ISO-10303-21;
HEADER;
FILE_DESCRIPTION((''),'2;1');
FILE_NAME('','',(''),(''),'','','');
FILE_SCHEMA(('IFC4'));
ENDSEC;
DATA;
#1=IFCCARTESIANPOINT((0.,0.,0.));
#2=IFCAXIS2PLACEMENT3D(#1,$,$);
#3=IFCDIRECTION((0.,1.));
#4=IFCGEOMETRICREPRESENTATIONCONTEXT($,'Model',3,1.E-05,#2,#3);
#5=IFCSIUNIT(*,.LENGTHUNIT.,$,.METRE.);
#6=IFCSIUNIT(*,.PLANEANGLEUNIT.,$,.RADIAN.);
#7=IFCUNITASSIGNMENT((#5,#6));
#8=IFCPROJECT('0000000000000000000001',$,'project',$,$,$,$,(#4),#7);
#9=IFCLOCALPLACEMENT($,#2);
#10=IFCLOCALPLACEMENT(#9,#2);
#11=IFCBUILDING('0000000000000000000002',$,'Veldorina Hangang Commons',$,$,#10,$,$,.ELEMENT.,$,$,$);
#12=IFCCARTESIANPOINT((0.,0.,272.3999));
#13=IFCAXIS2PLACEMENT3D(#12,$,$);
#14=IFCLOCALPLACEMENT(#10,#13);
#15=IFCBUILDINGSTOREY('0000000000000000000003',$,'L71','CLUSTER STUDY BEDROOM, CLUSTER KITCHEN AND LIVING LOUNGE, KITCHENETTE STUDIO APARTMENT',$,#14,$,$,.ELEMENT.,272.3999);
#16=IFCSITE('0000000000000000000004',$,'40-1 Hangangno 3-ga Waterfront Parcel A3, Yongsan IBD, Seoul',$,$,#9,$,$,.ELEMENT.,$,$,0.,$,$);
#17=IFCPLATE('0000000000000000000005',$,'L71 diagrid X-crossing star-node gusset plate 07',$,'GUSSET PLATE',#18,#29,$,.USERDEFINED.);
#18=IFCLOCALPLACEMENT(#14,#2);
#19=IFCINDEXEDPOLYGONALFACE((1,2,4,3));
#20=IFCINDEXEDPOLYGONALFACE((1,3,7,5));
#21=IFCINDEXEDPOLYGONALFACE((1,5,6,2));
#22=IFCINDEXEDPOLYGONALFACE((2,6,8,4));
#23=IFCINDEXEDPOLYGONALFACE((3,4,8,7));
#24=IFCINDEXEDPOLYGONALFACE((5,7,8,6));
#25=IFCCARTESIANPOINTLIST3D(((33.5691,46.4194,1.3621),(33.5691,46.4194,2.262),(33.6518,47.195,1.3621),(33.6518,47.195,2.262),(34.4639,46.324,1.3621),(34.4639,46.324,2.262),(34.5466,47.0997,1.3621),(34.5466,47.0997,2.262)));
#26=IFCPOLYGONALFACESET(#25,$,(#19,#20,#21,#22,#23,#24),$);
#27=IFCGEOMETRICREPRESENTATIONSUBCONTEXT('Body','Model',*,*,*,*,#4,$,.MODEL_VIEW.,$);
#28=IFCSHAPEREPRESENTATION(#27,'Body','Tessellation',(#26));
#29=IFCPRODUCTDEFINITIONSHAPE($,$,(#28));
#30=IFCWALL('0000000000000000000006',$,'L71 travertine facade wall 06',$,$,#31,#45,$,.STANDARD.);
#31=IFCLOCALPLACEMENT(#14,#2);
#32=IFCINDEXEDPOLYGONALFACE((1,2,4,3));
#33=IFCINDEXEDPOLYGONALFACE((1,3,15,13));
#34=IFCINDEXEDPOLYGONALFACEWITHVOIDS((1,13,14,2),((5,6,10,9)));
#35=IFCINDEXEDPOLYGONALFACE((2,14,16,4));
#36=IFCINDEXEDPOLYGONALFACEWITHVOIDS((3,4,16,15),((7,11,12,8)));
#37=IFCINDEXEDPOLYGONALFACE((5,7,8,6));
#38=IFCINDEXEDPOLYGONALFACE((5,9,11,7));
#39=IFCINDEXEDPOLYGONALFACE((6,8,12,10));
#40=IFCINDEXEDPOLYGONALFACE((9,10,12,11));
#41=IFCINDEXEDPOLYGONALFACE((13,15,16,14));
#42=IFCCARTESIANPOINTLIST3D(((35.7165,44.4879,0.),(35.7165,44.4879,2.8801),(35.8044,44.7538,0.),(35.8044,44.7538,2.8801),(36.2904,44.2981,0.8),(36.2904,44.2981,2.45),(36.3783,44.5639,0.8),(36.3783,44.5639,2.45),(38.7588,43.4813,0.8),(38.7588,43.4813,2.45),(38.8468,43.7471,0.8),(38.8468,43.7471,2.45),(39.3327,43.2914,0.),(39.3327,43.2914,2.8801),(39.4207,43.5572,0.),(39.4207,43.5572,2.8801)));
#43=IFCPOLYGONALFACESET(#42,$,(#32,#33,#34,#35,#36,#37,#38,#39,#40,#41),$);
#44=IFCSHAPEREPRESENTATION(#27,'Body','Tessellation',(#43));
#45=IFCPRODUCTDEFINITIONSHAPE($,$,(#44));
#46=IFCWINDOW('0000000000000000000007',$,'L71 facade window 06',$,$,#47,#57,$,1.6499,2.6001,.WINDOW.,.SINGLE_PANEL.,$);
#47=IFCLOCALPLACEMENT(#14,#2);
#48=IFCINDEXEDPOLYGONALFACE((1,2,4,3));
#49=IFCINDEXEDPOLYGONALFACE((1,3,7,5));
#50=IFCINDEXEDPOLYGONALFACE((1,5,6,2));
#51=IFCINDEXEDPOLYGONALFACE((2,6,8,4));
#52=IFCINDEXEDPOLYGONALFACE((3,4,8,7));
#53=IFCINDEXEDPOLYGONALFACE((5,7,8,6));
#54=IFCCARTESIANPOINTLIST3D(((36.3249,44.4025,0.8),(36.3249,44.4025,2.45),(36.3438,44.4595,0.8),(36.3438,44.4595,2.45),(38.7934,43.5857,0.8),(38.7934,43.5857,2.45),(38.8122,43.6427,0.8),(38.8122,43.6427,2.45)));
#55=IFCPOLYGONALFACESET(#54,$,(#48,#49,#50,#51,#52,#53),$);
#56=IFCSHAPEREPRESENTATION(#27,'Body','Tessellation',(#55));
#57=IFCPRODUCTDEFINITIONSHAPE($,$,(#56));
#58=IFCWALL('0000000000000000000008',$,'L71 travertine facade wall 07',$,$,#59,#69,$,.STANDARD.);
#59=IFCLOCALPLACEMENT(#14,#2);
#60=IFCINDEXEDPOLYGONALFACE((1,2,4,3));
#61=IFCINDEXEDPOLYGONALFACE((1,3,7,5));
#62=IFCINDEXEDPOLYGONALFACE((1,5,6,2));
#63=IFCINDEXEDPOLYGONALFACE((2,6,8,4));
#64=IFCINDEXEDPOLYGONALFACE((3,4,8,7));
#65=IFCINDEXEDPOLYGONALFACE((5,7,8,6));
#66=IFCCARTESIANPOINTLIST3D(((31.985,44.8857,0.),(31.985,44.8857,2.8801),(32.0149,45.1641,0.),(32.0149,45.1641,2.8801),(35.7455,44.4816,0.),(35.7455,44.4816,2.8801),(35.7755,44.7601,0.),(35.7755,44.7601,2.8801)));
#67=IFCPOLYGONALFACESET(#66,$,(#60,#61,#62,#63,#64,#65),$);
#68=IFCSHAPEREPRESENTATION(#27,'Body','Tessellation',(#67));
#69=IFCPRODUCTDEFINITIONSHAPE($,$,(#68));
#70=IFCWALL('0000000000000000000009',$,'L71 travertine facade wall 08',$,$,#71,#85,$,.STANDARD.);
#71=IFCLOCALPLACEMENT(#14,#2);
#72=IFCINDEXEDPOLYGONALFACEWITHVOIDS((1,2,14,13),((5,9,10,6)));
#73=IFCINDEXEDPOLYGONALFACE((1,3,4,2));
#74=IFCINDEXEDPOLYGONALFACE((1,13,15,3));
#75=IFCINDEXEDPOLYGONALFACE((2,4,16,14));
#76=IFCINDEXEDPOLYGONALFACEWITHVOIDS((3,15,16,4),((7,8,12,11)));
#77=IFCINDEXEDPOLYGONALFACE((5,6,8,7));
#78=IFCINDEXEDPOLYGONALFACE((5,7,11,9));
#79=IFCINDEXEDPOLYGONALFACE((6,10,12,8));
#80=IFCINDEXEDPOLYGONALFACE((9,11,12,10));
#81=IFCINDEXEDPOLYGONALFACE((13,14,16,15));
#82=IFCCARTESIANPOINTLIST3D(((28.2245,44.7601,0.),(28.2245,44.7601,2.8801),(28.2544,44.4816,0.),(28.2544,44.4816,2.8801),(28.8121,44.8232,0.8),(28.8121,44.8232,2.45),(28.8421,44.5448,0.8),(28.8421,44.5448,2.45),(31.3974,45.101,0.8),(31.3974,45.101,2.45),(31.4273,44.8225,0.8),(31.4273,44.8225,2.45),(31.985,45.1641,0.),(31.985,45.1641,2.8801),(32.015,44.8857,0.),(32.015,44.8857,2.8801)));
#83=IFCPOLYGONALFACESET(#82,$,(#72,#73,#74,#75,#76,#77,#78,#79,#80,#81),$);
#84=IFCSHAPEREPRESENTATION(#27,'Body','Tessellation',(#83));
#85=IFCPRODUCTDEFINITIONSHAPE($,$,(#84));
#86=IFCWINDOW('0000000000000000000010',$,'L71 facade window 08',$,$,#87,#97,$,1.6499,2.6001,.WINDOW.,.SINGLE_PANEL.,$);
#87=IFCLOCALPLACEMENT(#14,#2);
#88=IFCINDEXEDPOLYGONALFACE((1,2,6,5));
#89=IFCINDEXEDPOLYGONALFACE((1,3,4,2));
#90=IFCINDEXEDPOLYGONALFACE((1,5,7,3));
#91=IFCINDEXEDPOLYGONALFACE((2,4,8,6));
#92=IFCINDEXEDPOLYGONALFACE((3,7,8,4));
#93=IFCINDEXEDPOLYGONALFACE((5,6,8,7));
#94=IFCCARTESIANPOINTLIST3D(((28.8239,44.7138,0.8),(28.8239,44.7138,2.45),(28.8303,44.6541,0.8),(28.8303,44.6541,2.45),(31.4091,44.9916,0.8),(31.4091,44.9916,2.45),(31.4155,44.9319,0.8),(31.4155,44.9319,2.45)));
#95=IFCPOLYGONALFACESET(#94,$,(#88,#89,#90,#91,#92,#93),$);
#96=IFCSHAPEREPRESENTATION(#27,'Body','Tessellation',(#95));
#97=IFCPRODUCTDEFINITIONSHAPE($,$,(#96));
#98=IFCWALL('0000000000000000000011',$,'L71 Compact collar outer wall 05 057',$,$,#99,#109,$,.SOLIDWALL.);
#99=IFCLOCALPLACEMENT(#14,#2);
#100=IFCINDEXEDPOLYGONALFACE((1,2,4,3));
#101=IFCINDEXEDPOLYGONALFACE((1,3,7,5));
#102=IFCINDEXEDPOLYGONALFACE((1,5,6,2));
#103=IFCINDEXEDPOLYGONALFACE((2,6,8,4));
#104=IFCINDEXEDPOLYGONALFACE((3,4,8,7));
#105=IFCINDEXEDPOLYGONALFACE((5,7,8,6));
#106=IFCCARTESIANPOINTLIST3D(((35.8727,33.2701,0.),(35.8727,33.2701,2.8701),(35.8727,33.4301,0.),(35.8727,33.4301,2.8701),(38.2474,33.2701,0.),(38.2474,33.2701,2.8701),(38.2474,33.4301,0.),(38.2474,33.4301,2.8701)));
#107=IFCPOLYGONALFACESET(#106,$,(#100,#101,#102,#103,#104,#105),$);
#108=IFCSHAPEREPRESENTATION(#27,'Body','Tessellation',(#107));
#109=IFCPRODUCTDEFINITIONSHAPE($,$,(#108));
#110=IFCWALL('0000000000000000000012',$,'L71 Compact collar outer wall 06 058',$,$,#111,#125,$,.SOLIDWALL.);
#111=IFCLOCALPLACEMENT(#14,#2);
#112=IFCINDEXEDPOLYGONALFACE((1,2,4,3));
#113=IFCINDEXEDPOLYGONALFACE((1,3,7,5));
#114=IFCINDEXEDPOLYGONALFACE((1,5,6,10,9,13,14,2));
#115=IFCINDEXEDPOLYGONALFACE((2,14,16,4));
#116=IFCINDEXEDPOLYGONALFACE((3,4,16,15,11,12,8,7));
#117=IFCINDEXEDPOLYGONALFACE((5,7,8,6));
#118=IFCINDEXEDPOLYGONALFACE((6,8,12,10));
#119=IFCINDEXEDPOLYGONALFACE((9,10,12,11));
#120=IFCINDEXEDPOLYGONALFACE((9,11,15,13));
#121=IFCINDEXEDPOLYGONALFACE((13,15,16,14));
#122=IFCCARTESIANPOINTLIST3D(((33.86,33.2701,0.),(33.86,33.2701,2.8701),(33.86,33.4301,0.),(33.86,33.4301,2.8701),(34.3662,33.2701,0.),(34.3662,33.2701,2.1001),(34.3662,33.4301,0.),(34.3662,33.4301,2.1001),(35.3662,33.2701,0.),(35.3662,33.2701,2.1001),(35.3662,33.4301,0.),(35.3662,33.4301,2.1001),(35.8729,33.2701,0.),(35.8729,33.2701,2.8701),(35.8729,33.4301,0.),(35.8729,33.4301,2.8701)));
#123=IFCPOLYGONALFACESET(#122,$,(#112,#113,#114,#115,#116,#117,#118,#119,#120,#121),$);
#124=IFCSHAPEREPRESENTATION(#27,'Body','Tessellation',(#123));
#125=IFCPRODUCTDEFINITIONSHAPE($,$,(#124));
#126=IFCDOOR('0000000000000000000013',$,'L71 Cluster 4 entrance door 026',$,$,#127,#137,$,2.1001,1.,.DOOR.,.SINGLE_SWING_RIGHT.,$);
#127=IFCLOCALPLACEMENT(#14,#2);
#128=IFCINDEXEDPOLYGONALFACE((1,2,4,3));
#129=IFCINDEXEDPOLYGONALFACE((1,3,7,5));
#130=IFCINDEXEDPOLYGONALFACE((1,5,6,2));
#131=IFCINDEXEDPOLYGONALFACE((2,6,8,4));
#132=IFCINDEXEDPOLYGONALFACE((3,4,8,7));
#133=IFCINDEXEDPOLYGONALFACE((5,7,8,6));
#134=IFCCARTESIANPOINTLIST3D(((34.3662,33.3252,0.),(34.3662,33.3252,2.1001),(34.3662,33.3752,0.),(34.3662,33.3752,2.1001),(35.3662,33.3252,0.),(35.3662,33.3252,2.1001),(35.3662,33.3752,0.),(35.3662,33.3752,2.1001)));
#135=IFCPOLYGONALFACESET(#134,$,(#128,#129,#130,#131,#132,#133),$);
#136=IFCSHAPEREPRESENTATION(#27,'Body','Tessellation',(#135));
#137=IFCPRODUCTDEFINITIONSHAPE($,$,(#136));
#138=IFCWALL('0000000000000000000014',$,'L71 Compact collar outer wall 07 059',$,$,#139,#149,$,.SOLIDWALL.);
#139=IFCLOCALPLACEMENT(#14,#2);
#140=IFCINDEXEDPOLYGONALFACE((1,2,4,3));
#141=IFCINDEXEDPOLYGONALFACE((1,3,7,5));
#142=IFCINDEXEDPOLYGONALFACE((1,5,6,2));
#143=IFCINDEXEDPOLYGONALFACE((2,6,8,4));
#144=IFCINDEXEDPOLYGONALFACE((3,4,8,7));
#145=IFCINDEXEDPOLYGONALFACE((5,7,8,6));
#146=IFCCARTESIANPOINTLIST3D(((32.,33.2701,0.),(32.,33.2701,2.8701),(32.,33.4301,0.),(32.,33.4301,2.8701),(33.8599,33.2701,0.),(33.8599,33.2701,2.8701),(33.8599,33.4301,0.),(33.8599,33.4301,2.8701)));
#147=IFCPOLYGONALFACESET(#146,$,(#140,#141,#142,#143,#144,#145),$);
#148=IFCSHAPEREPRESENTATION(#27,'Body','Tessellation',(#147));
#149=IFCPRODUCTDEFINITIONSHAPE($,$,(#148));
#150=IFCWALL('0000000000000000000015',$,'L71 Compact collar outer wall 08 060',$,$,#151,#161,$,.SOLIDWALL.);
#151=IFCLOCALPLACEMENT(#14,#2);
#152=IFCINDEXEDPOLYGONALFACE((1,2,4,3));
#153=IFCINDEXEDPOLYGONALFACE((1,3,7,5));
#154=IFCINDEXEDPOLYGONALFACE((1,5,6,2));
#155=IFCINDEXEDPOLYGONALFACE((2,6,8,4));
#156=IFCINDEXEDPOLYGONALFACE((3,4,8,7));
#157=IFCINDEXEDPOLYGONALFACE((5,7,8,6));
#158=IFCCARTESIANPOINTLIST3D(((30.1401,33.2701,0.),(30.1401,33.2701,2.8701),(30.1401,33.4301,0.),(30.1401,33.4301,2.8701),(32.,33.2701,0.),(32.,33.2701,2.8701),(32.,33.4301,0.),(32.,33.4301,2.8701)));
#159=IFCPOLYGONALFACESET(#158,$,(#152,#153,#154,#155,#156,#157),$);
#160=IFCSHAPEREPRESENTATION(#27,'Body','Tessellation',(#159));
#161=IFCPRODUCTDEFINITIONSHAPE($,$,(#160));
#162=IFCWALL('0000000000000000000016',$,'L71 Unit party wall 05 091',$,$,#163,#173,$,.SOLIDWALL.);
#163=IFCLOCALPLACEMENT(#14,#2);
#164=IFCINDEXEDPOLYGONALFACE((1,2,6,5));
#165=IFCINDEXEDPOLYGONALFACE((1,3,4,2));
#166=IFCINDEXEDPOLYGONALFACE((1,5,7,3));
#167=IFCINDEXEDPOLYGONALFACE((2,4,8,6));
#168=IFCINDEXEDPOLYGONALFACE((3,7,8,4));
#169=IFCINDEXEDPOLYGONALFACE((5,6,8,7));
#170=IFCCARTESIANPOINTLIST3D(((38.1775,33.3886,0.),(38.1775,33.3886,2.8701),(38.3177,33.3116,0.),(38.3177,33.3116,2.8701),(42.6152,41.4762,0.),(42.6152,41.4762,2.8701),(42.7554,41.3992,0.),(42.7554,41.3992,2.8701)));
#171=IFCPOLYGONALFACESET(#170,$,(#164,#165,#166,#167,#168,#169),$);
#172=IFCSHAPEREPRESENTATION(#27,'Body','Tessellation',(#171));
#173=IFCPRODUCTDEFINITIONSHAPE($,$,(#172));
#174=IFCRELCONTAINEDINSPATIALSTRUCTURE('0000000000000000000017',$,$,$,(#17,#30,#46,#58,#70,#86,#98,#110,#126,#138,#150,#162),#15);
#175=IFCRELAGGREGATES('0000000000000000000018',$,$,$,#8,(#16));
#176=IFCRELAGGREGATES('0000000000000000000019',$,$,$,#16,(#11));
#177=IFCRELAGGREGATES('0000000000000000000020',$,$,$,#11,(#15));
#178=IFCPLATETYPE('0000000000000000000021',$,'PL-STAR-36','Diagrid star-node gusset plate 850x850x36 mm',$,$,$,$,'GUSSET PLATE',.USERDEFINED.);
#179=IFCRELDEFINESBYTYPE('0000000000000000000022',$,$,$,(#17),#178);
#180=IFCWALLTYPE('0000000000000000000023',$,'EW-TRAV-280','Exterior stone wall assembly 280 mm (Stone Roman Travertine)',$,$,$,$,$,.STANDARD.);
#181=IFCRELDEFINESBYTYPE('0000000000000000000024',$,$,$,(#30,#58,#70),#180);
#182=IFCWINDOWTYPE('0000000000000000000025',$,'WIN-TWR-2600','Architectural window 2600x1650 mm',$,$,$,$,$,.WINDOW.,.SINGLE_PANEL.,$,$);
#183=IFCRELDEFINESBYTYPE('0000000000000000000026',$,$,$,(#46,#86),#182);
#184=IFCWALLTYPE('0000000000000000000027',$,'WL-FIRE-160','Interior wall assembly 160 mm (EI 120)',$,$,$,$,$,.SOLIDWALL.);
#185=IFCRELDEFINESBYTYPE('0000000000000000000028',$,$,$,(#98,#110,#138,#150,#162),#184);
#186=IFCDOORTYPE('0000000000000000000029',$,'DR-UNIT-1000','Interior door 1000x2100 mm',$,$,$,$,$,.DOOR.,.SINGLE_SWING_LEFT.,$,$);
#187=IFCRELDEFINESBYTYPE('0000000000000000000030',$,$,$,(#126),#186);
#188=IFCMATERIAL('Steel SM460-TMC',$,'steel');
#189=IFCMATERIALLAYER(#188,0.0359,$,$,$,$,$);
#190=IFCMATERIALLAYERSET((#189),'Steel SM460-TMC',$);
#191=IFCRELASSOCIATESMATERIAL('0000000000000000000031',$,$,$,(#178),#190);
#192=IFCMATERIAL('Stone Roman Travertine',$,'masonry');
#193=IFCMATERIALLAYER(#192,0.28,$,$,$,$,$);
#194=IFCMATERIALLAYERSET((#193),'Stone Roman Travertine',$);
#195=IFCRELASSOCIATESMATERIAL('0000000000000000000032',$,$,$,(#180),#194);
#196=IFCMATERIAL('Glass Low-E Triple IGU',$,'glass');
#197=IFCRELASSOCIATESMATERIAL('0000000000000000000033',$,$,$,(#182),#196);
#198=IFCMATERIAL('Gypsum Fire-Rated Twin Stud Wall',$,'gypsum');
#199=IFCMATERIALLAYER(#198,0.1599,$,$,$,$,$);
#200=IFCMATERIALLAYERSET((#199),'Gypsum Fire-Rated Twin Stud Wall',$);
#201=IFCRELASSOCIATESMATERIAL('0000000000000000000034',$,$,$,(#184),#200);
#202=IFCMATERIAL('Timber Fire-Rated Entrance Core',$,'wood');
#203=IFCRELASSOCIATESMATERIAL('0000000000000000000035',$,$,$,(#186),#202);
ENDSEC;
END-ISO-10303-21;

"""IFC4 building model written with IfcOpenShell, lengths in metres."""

from ifc_helpers import new_model, si_unit, direction, frame, frame_2d, origin, origin_2d, place, context, subcontext, project, spatial, rectangle, extrude, material, layer, layer_set, type_object, element, fill, save


model = new_model("IFC4")

# Units and contexts
model_context = context("Model", 3, precision=1e-05, world=origin(), true_north=direction((0.0, 1.0)))
body_context = subcontext(model_context, "Body", "Model", "MODEL_VIEW")
ifc_project = project(units=[si_unit("LENGTHUNIT", "METRE"), si_unit("PLANEANGLEUNIT", "RADIAN")], contexts=[model_context])

# Site, building, storey
site_placement = place(None, origin())
site = spatial("IfcSite", under=ifc_project, at=site_placement, Name="40-1 Hangangno 3-ga Waterfront Parcel A3, Yongsan IBD, Seoul", CompositionType="ELEMENT", RefElevation=0.0)
building_placement = place(site_placement, origin())
building = spatial("IfcBuilding", under=site, at=building_placement, Name="Veldorina Hangang Commons", CompositionType="ELEMENT")
storey_placement = place(building_placement, frame((0.0, 0.0, 272.3999)))
storey = spatial("IfcBuildingStorey", under=building, at=storey_placement, Name="L71", Description="CLUSTER STUDY BEDROOM, CLUSTER KITCHEN AND LIVING LOUNGE, KITCHENETTE STUDIO APARTMENT", CompositionType="ELEMENT", Elevation=272.3999)

# Plate
ifc_material_1 = material(Name="Steel SM460-TMC", Category="steel")
ifc_layer_1 = layer(ifc_material_1, 0.0359)
ifc_layer_set_1 = layer_set([ifc_layer_1], Name="Steel SM460-TMC")
plate_type = type_object("IfcPlateType", Name="PL-STAR-36", Description="Diagrid star-node gusset plate 850x850x36 mm", ElementType="GUSSET PLATE", PredefinedType="USERDEFINED", material=ifc_layer_set_1)
plate_placement = place(storey_placement, frame((34.0579, 46.7595, 1.3621), z_axis=(0.0, 0.0, 1.0), x_axis=(-0.994368, 0.105986, 0.0)))
element("IfcPlate", 1, at=plate_placement, inside=storey, type_object=plate_type, Name="L71 diagrid X-crossing star-node gusset plate 07", ObjectType="GUSSET PLATE", PredefinedType="USERDEFINED", context=body_context, shape_type="SweptSolid", body=[
    extrude(rectangle(XDim=0.8999, YDim=0.78, at=origin_2d()), origin(), (0.0, 0.0, 1.0), 0.8999),
])

# Wall, opening, window
ifc_material_2 = material(Name="Stone Roman Travertine", Category="masonry")
ifc_layer_2 = layer(ifc_material_2, 0.28)
ifc_layer_set_2 = layer_set([ifc_layer_2], Name="Stone Roman Travertine")
wall_type_1 = type_object("IfcWallType", Name="EW-TRAV-280", Description="Exterior stone wall assembly 280 mm (Stone Roman Travertine)", PredefinedType="STANDARD", material=ifc_layer_set_2)
wall_1_placement = place(storey_placement, frame((39.3767, 43.4243, 0.0), z_axis=(0.0, 0.0, 1.0), x_axis=(-0.94938, 0.314131, 0.0)))
wall_1 = element("IfcWall", 2, at=wall_1_placement, inside=storey, type_object=wall_type_1, Name="L71 travertine facade wall 06", PredefinedType="STANDARD", context=body_context, shape_type="SweptSolid", body=[
    extrude(rectangle(XDim=3.8091, YDim=0.28, at=frame_2d((1.9045, 0.0))), origin(), (0.0, 0.0, 1.0), 2.8801),
])
opening_1_placement = place(wall_1_placement, frame((0.6045, 0.0, 0.8)))
opening_1 = element("IfcOpeningElement", 3, at=opening_1_placement, cuts=wall_1, PredefinedType="OPENING", context=body_context, shape_type="SweptSolid", body=[
    extrude(rectangle(XDim=2.6001, YDim=1.6499, at=frame_2d((1.3, 0.825))), frame((0.0, 0.1499, 0.0), z_axis=(0.0, -1.0, 0.0), x_axis=(1.0, 0.0, 0.0)), (0.0, 0.0, 1.0), 0.3),
])
ifc_material_3 = material(Name="Glass Low-E Triple IGU", Category="glass")
window_type = type_object("IfcWindowType", Name="WIN-TWR-2600", Description="Architectural window 2600x1650 mm", PartitioningType="SINGLE_PANEL", PredefinedType="WINDOW", material=ifc_material_3)
window_1_placement = place(opening_1_placement, origin())
window_1 = element("IfcWindow", 4, at=window_1_placement, inside=storey, type_object=window_type, Name="L71 facade window 06", OverallHeight=1.6499, OverallWidth=2.6001, PartitioningType="SINGLE_PANEL", PredefinedType="WINDOW", context=body_context, shape_type="SweptSolid", body=[
    extrude(rectangle(XDim=2.6001, YDim=1.6499, at=frame_2d((1.3, 0.825))), frame((0.0, 0.03, 0.0), z_axis=(0.0, -1.0, 0.0), x_axis=(1.0, 0.0, 0.0)), (0.0, 0.0, 1.0), 0.0601),
])
fill(opening_1, window_1)

# Wall
wall_2_placement = place(storey_placement, frame((35.7605, 44.6208, 0.0), z_axis=(0.0, 0.0, 1.0), x_axis=(-0.994277, 0.106832, 0.0)))
element("IfcWall", 5, at=wall_2_placement, inside=storey, type_object=wall_type_1, Name="L71 travertine facade wall 07", PredefinedType="STANDARD", context=body_context, shape_type="SweptSolid", body=[
    extrude(rectangle(XDim=3.7822, YDim=0.28, at=frame_2d((1.8911, 0.0))), origin(), (0.0, 0.0, 1.0), 2.8801),
])

# Wall, opening, window
wall_3_placement = place(storey_placement, frame((32.0, 45.0249, 0.0), z_axis=(0.0, 0.0, 1.0), x_axis=(-0.994277, -0.106832, 0.0)))
wall_3 = element("IfcWall", 6, at=wall_3_placement, inside=storey, type_object=wall_type_1, Name="L71 travertine facade wall 08", PredefinedType="STANDARD", context=body_context, shape_type="SweptSolid", body=[
    extrude(rectangle(XDim=3.7822, YDim=0.28, at=frame_2d((1.8911, 0.0))), origin(), (0.0, 0.0, 1.0), 2.8801),
])
opening_2_placement = place(wall_3_placement, frame((0.5911, 0.0, 0.8)))
opening_2 = element("IfcOpeningElement", 7, at=opening_2_placement, cuts=wall_3, PredefinedType="OPENING", context=body_context, shape_type="SweptSolid", body=[
    extrude(rectangle(XDim=2.6001, YDim=1.6499, at=frame_2d((1.3, 0.825))), frame((0.0, 0.1499, 0.0), z_axis=(0.0, -1.0, 0.0), x_axis=(1.0, 0.0, 0.0)), (0.0, 0.0, 1.0), 0.3),
])
window_2_placement = place(opening_2_placement, origin())
window_2 = element("IfcWindow", 8, at=window_2_placement, inside=storey, type_object=window_type, Name="L71 facade window 08", OverallHeight=1.6499, OverallWidth=2.6001, PartitioningType="SINGLE_PANEL", PredefinedType="WINDOW", context=body_context, shape_type="SweptSolid", body=[
    extrude(rectangle(XDim=2.6001, YDim=1.6499, at=frame_2d((1.3, 0.825))), frame((0.0, 0.03, 0.0), z_axis=(0.0, -1.0, 0.0), x_axis=(1.0, 0.0, 0.0)), (0.0, 0.0, 1.0), 0.0601),
])
fill(opening_2, window_2)

# Wall
ifc_material_4 = material(Name="Gypsum Fire-Rated Twin Stud Wall", Category="gypsum")
ifc_layer_3 = layer(ifc_material_4, 0.1599)
ifc_layer_set_3 = layer_set([ifc_layer_3], Name="Gypsum Fire-Rated Twin Stud Wall")
wall_type_2 = type_object("IfcWallType", Name="WL-FIRE-160", Description="Interior wall assembly 160 mm (EI 120)", PredefinedType="SOLIDWALL", material=ifc_layer_set_3)
wall_4_placement = place(storey_placement, frame((38.2476, 33.3501, 0.0), z_axis=(0.0, 0.0, 1.0), x_axis=(-1.0, 0.0, 0.0)))
element("IfcWall", 9, at=wall_4_placement, inside=storey, type_object=wall_type_2, Name="L71 Compact collar outer wall 05 057", PredefinedType="SOLIDWALL", context=body_context, shape_type="SweptSolid", body=[
    extrude(rectangle(XDim=2.3748, YDim=0.1599, at=frame_2d((1.1875, 0.0))), origin(), (0.0, 0.0, 1.0), 2.8701),
])

# Wall, opening, door
wall_5_placement = place(storey_placement, frame((35.8728, 33.3501, 0.0), z_axis=(0.0, 0.0, 1.0), x_axis=(-1.0, 0.0, 0.0)))
wall_5 = element("IfcWall", 10, at=wall_5_placement, inside=storey, type_object=wall_type_2, Name="L71 Compact collar outer wall 06 058", PredefinedType="SOLIDWALL", context=body_context, shape_type="SweptSolid", body=[
    extrude(rectangle(XDim=2.0129, YDim=0.1599, at=frame_2d((1.0063, 0.0))), origin(), (0.0, 0.0, 1.0), 2.8701),
])
opening_3_placement = place(wall_5_placement, frame((0.5066, 0.0, 0.0)))
opening_3 = element("IfcOpeningElement", 11, at=opening_3_placement, cuts=wall_5, PredefinedType="OPENING", context=body_context, shape_type="SweptSolid", body=[
    extrude(rectangle(XDim=1.0, YDim=2.1001, at=frame_2d((0.5, 1.05))), frame((0.0, 0.0898, 0.0), z_axis=(0.0, -1.0, 0.0), x_axis=(1.0, 0.0, 0.0)), (0.0, 0.0, 1.0), 0.1799),
])
ifc_material_5 = material(Name="Timber Fire-Rated Entrance Core", Category="wood")
door_type_1 = type_object("IfcDoorType", Name="DR-UNIT-1000", Description="Interior door 1000x2100 mm", OperationType="SINGLE_SWING_LEFT", PredefinedType="DOOR", material=ifc_material_5)
door_1_placement = place(opening_3_placement, origin())
door_1 = element("IfcDoor", 12, at=door_1_placement, inside=storey, type_object=door_type_1, Name="L71 Cluster 4 entrance door 026", OperationType="SINGLE_SWING_RIGHT", OverallHeight=2.1001, OverallWidth=1.0, PredefinedType="DOOR", context=body_context, shape_type="SweptSolid", body=[
    extrude(rectangle(XDim=1.0, YDim=2.1001, at=frame_2d((0.5, 1.05))), frame((0.0, 0.0249, 0.0), z_axis=(0.0, -1.0, 0.0), x_axis=(1.0, 0.0, 0.0)), (0.0, 0.0, 1.0), 0.05),
])
fill(opening_3, door_1)

# Walls
for number, where, z_axis, x_axis, name in (
    (13, (33.8599, 33.3501, 0.0), (0.0, 0.0, 1.0), (-1.0, 0.0, 0.0), "L71 Compact collar outer wall 07 059"),
    (14, (32.0, 33.3501, 0.0), (0.0, 0.0, 1.0), (-1.0, 0.0, 0.0), "L71 Compact collar outer wall 08 060"),
):
    element("IfcWall", number, at=place(storey_placement, frame(where, z_axis=z_axis, x_axis=x_axis)), inside=storey, type_object=wall_type_2, Name=name, PredefinedType="SOLIDWALL", context=body_context, shape_type="SweptSolid", body=[
        extrude(rectangle(XDim=1.8599, YDim=0.1599, at=frame_2d((0.9299, 0.0))), origin(), (0.0, 0.0, 1.0), 2.8701),
    ])
wall_6_placement = place(storey_placement, frame((38.2476, 33.3501, 0.0), z_axis=(0.0, 0.0, 1.0), x_axis=(0.481048, 0.876694, 0.0)))
element("IfcWall", 15, at=wall_6_placement, inside=storey, type_object=wall_type_2, Name="L71 Unit party wall 05 091", PredefinedType="SOLIDWALL", context=body_context, shape_type="SweptSolid", body=[
    extrude(rectangle(XDim=9.2251, YDim=0.1599, at=frame_2d((4.6125, 0.0))), origin(), (0.0, 0.0, 1.0), 2.8701),
])

save(model, "model.ifc")
